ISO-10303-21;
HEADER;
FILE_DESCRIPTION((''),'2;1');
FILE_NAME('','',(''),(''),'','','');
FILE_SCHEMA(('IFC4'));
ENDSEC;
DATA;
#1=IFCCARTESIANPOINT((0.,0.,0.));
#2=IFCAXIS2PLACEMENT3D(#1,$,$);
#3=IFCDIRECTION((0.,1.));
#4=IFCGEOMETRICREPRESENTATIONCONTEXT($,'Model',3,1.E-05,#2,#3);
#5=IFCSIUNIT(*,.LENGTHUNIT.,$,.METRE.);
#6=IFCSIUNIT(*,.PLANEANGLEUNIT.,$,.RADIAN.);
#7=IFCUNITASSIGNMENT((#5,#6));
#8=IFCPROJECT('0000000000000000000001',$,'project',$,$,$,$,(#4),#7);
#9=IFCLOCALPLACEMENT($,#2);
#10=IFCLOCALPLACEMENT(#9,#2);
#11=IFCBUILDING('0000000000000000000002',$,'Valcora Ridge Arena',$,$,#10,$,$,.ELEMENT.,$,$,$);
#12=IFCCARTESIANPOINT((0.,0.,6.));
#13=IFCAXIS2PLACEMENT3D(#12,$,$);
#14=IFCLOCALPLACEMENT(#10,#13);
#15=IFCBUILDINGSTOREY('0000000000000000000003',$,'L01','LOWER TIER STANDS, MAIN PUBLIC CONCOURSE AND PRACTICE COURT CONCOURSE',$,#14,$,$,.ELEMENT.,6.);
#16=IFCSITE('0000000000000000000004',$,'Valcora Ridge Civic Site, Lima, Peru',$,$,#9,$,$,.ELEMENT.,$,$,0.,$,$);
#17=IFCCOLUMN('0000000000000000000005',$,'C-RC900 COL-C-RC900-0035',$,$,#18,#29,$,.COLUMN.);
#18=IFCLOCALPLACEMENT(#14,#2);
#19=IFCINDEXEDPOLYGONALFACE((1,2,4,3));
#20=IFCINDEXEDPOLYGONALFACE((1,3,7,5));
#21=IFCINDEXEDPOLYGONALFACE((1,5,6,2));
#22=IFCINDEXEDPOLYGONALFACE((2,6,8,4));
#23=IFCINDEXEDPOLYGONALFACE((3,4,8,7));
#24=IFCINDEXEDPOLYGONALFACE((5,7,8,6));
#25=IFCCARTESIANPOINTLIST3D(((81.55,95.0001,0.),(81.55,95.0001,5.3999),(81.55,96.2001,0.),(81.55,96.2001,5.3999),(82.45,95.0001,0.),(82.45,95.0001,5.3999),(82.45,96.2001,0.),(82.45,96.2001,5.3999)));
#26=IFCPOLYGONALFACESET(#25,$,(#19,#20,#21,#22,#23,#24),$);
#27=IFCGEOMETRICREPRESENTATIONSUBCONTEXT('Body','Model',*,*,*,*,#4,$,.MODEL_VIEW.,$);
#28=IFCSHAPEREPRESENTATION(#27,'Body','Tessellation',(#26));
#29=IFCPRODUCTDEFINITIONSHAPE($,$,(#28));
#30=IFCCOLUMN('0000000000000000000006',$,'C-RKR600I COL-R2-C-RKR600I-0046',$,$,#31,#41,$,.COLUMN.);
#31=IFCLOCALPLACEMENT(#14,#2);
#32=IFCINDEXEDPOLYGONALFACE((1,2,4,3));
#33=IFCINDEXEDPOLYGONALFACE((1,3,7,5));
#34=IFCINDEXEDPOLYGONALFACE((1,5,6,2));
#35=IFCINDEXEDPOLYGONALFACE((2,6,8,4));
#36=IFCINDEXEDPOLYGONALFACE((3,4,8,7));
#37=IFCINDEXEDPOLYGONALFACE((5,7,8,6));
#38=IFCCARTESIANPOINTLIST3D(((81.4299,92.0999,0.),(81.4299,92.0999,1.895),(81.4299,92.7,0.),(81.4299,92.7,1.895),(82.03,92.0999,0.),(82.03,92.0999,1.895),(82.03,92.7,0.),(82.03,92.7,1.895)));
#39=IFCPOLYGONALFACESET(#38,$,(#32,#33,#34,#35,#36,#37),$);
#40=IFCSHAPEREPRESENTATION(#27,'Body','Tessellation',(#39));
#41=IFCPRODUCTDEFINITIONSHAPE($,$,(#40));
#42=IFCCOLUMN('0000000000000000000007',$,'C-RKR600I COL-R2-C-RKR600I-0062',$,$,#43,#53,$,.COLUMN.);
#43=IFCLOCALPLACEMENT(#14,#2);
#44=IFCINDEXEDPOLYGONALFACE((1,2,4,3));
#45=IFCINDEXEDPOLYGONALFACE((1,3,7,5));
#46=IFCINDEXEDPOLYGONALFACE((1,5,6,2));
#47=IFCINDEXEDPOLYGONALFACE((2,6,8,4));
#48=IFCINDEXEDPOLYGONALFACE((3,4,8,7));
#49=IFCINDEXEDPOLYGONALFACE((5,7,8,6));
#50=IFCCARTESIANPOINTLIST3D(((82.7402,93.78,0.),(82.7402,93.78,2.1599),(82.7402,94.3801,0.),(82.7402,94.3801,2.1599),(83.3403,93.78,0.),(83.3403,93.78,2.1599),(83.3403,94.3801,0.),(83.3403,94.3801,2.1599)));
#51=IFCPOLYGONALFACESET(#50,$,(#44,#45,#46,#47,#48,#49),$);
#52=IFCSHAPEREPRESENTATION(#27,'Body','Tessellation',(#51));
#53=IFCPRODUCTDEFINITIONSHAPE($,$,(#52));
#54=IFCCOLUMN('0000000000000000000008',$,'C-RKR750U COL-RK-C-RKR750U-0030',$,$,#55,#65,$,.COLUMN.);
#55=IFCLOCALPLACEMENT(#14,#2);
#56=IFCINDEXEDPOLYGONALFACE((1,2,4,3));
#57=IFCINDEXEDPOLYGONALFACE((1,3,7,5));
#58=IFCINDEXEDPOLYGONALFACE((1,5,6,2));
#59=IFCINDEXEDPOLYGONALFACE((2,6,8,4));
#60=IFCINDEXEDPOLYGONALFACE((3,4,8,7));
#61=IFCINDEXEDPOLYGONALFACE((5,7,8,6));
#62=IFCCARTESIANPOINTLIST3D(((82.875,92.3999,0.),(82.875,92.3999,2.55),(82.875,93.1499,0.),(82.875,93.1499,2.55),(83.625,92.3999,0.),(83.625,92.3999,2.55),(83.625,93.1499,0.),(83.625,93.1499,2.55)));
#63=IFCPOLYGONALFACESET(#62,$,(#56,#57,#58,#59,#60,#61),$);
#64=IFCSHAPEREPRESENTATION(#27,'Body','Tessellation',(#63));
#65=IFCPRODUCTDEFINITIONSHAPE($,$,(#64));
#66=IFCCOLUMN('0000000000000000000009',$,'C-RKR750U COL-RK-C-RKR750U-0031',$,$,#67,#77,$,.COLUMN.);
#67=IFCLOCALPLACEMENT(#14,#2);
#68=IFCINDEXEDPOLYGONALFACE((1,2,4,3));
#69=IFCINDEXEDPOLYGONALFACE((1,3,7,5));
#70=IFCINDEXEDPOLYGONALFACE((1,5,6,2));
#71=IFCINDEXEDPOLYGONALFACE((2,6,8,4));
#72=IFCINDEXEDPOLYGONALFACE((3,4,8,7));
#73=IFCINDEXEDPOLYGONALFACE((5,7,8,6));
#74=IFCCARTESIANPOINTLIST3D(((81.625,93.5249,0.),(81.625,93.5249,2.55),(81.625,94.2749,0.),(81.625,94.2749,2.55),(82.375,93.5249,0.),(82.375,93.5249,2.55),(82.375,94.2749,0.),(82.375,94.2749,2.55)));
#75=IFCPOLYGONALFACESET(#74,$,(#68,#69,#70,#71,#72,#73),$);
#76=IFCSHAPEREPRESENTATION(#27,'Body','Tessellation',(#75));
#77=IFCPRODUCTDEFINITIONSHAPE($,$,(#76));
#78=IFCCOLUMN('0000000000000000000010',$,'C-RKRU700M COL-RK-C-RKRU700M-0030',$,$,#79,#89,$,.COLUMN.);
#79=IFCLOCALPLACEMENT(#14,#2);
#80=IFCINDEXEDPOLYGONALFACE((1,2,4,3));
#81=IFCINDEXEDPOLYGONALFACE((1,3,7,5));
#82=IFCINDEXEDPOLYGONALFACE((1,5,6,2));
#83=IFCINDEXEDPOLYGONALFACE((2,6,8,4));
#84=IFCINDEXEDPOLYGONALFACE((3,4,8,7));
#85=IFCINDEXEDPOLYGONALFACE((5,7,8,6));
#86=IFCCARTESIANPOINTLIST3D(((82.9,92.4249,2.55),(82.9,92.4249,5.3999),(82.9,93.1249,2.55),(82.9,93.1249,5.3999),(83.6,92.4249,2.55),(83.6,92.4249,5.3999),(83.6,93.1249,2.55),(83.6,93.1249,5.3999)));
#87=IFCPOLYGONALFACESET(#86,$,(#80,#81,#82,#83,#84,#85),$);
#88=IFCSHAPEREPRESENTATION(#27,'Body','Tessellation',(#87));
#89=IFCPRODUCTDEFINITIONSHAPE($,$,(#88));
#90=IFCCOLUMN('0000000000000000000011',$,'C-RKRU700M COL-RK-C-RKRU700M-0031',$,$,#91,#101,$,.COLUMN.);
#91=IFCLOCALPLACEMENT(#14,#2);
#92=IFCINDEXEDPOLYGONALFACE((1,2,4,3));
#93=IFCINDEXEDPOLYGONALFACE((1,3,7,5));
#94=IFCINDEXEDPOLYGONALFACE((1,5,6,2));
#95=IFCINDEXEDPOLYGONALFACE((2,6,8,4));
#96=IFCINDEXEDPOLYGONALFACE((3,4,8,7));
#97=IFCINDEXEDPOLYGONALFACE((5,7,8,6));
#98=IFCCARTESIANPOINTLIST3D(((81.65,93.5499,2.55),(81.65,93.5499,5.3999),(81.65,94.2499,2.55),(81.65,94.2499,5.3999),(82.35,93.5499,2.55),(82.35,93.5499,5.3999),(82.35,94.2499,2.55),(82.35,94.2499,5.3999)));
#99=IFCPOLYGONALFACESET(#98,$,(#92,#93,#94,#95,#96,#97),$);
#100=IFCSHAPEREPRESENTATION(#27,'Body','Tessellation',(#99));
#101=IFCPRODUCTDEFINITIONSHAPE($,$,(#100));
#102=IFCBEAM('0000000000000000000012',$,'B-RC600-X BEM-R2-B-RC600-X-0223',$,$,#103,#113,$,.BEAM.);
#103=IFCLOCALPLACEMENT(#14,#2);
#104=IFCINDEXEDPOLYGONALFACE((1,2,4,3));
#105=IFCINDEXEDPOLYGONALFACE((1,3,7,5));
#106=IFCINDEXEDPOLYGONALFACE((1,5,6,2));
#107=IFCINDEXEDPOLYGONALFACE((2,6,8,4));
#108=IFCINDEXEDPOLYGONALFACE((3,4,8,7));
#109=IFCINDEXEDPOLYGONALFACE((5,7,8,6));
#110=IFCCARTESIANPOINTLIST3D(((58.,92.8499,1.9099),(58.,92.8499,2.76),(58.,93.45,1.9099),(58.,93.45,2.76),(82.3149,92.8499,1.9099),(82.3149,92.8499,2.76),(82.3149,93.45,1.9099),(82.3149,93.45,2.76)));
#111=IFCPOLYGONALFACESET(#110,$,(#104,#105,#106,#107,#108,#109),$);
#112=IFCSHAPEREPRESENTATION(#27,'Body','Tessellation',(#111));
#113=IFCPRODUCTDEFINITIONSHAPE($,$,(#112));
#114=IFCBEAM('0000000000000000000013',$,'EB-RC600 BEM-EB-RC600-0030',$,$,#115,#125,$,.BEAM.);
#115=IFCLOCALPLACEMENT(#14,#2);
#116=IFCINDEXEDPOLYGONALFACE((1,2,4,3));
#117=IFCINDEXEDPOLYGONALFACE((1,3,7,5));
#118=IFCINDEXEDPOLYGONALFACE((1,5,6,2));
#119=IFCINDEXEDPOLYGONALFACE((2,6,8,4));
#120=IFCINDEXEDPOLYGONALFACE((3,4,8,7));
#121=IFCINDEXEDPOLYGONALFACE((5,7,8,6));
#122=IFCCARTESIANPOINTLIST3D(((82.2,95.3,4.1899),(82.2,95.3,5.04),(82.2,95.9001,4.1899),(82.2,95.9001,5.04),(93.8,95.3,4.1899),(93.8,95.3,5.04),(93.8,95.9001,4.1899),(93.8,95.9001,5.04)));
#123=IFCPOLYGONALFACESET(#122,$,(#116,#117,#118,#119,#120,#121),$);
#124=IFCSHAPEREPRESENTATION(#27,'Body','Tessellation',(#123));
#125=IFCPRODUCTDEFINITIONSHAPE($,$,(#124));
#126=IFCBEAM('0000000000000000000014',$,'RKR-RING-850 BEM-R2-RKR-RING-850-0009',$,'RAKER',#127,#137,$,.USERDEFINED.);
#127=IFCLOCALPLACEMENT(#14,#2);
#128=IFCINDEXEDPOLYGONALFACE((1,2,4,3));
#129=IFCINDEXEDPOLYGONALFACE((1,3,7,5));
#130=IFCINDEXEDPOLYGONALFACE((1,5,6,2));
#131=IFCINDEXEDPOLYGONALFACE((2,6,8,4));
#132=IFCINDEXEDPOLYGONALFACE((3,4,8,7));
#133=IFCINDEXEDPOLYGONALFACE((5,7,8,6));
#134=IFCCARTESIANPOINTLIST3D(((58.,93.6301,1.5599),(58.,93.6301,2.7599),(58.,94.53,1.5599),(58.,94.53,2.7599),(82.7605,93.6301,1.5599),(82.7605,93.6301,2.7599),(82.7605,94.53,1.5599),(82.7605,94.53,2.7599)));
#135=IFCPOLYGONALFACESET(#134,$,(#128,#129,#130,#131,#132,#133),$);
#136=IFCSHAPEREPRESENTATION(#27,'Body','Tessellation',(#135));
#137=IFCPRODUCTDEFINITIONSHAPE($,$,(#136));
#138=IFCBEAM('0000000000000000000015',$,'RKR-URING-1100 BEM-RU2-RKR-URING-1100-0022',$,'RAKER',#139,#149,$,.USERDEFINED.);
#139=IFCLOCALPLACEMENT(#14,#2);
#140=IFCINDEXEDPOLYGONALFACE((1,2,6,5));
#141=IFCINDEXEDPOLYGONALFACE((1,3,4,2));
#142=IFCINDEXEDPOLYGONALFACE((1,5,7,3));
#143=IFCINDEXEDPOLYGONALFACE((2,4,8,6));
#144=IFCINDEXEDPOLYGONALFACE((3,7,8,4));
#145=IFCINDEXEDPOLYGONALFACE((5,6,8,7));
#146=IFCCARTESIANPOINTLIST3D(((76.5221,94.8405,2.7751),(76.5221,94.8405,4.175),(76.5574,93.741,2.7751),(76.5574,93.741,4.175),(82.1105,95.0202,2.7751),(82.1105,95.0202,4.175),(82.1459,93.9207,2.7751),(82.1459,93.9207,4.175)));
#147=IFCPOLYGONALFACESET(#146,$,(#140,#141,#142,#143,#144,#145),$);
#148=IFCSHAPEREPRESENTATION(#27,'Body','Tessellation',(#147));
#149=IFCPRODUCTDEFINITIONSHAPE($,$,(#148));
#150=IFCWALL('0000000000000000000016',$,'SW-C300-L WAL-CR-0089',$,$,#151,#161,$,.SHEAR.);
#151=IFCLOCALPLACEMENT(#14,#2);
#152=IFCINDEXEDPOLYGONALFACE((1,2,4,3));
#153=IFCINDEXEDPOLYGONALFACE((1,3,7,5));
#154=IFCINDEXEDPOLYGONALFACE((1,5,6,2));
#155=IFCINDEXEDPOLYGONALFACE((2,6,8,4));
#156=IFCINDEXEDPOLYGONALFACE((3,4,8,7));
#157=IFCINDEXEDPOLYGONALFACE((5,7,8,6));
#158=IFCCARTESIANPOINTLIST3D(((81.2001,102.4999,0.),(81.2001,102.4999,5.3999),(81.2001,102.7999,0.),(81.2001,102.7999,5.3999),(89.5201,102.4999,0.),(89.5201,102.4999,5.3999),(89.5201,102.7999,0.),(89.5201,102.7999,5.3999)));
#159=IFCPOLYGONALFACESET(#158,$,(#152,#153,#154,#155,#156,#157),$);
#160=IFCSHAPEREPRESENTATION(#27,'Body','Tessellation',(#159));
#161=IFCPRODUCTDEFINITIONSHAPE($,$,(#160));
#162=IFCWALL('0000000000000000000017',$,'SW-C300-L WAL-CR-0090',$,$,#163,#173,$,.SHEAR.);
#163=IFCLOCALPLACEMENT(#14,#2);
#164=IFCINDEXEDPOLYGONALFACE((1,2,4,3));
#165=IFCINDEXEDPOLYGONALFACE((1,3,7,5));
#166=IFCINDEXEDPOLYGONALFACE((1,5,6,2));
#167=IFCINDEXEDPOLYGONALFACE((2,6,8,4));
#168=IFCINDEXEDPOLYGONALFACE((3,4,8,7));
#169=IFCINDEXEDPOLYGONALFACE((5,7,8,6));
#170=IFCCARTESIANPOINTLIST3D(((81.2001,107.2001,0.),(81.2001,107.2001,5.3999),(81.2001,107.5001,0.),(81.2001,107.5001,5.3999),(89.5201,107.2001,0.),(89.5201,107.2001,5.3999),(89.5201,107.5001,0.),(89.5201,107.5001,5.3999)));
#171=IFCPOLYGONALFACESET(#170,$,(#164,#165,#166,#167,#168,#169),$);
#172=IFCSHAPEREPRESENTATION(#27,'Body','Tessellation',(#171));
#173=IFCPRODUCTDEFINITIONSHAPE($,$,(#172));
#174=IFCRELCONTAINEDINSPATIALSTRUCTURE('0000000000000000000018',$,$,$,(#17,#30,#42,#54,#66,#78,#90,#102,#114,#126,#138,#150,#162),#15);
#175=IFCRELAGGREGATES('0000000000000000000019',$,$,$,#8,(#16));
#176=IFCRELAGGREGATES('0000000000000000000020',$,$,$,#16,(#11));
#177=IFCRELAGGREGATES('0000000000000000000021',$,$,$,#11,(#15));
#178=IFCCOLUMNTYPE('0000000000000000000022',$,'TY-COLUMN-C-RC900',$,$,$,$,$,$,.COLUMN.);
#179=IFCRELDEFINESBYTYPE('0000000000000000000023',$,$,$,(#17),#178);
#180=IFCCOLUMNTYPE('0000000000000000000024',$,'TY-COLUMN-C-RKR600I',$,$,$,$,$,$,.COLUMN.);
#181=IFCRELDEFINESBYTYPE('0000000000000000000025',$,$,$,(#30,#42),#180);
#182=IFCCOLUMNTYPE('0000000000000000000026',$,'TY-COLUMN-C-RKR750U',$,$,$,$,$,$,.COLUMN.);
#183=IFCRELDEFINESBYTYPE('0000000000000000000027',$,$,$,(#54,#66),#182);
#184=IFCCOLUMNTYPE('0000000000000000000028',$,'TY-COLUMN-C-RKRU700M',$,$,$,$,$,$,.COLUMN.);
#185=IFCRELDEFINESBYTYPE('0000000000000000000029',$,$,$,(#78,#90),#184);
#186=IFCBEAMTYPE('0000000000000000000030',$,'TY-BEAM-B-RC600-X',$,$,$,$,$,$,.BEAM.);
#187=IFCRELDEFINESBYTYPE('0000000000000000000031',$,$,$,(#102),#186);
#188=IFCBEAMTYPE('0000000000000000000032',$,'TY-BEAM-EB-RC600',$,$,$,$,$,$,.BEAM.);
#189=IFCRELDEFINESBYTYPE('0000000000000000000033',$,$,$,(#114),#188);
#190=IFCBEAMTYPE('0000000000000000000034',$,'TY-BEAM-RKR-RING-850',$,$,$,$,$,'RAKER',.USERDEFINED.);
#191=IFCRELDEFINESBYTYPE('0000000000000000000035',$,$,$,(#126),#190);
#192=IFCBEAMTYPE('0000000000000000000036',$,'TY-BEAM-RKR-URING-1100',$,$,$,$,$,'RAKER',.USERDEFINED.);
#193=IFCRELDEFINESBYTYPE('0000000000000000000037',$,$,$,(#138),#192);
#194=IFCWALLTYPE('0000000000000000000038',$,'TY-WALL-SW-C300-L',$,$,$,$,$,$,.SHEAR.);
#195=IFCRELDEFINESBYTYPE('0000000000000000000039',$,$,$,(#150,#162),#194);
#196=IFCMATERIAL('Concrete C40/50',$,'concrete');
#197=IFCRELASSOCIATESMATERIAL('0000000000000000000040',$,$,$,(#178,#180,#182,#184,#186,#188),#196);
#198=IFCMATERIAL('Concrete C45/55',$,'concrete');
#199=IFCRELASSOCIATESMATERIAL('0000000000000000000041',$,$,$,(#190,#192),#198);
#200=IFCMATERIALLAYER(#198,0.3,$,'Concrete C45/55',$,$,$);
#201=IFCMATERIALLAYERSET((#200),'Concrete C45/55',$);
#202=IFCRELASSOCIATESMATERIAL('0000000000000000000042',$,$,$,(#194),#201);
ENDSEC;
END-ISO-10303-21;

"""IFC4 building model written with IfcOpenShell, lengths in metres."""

from ifc_helpers import new_model, si_unit, direction, frame, frame_2d, origin, origin_2d, place, context, subcontext, project, spatial, rectangle, extrude, material, layer, layer_set, material_profile, profile_set, type_object, element, save


model = new_model("IFC4")

# Units and contexts
model_context = context("Model", 3, precision=1e-05, world=origin(), true_north=direction((0.0, 1.0)))
body_context = subcontext(model_context, "Body", "Model", "MODEL_VIEW")
ifc_project = project(units=[si_unit("LENGTHUNIT", "METRE"), si_unit("PLANEANGLEUNIT", "RADIAN")], contexts=[model_context])

# Site, building, storey
site_placement = place(None, origin())
site = spatial("IfcSite", under=ifc_project, at=site_placement, Name="Valcora Ridge Civic Site, Lima, Peru", CompositionType="ELEMENT", RefElevation=0.0)
building_placement = place(site_placement, origin())
building = spatial("IfcBuilding", under=site, at=building_placement, Name="Valcora Ridge Arena", CompositionType="ELEMENT")
storey_placement = place(building_placement, frame((0.0, 0.0, 6.0)))
storey = spatial("IfcBuildingStorey", under=building, at=storey_placement, Name="L01", Description="LOWER TIER STANDS, MAIN PUBLIC CONCOURSE AND PRACTICE COURT CONCOURSE", CompositionType="ELEMENT", Elevation=6.0)

# Columns
ifc_material_1 = material(Name="Concrete C40/50", Category="concrete")
ifc_material_profile_1 = material_profile(ifc_material_1, rectangle(XDim=0.8999, YDim=1.2, at=origin_2d()), Name="RC 900x1200")
ifc_profile_set_1 = profile_set([ifc_material_profile_1], Name="Concrete C40/50")
column_type_1 = type_object("IfcColumnType", Name="TY-COLUMN-C-RC900", PredefinedType="COLUMN", material=ifc_profile_set_1)
column_1_placement = place(storey_placement, frame((82.0, 95.6001, 0.0), z_axis=(0.0, 0.0, 1.0), x_axis=(1.0, 0.0, 0.0)))
element("IfcColumn", 1, at=column_1_placement, inside=storey, type_object=column_type_1, Name="C-RC900 COL-C-RC900-0035", PredefinedType="COLUMN", context=body_context, shape_type="SweptSolid", body=[
    extrude(rectangle(XDim=0.8999, YDim=1.2, at=origin_2d()), origin(), (0.0, 0.0, 1.0), 5.3999),
])
ifc_material_profile_2 = material_profile(ifc_material_1, rectangle(XDim=0.6001, YDim=0.6001, at=origin_2d()), Name="RC 600x600")
ifc_profile_set_2 = profile_set([ifc_material_profile_2], Name="Concrete C40/50")
column_type_2 = type_object("IfcColumnType", Name="TY-COLUMN-C-RKR600I", PredefinedType="COLUMN", material=ifc_profile_set_2)
column_2_placement = place(storey_placement, frame((81.73, 92.3999, 0.0), z_axis=(0.0, 0.0, 1.0), x_axis=(1.0, 0.0, 0.0)))
element("IfcColumn", 2, at=column_2_placement, inside=storey, type_object=column_type_2, Name="C-RKR600I COL-R2-C-RKR600I-0046", PredefinedType="COLUMN", context=body_context, shape_type="SweptSolid", body=[
    extrude(rectangle(XDim=0.6001, YDim=0.6001, at=origin_2d()), origin(), (0.0, 0.0, 1.0), 1.895),
])
column_3_placement = place(storey_placement, frame((83.0403, 94.0801, 0.0), z_axis=(0.0, 0.0, 1.0), x_axis=(1.0, 0.0, 0.0)))
element("IfcColumn", 3, at=column_3_placement, inside=storey, type_object=column_type_2, Name="C-RKR600I COL-R2-C-RKR600I-0062", PredefinedType="COLUMN", context=body_context, shape_type="SweptSolid", body=[
    extrude(rectangle(XDim=0.6001, YDim=0.6001, at=origin_2d()), origin(), (0.0, 0.0, 1.0), 2.1599),
])
ifc_material_profile_3 = material_profile(ifc_material_1, rectangle(XDim=0.75, YDim=0.75, at=origin_2d()), Name="RC 750x750")
ifc_profile_set_3 = profile_set([ifc_material_profile_3], Name="Concrete C40/50")
column_type_3 = type_object("IfcColumnType", Name="TY-COLUMN-C-RKR750U", PredefinedType="COLUMN", material=ifc_profile_set_3)
for number, where, z_axis, x_axis, name in (
    (4, (83.25, 92.7749, 0.0), (0.0, 0.0, 1.0), (1.0, 0.0, 0.0), "C-RKR750U COL-RK-C-RKR750U-0030"),
    (5, (82.0, 93.8999, 0.0), (0.0, 0.0, 1.0), (1.0, 0.0, 0.0), "C-RKR750U COL-RK-C-RKR750U-0031"),
):
    element("IfcColumn", number, at=place(storey_placement, frame(where, z_axis=z_axis, x_axis=x_axis)), inside=storey, type_object=column_type_3, Name=name, PredefinedType="COLUMN", context=body_context, shape_type="SweptSolid", body=[
        extrude(rectangle(XDim=0.75, YDim=0.75, at=origin_2d()), origin(), (0.0, 0.0, 1.0), 2.55),
    ])
ifc_material_profile_4 = material_profile(ifc_material_1, rectangle(XDim=0.7, YDim=0.7, at=origin_2d()), Name="RC 700x700")
ifc_profile_set_4 = profile_set([ifc_material_profile_4], Name="Concrete C40/50")
column_type_4 = type_object("IfcColumnType", Name="TY-COLUMN-C-RKRU700M", PredefinedType="COLUMN", material=ifc_profile_set_4)
for number, where, z_axis, x_axis, name in (
    (6, (83.25, 92.7749, 2.55), (0.0, 0.0, 1.0), (1.0, 0.0, 0.0), "C-RKRU700M COL-RK-C-RKRU700M-0030"),
    (7, (82.0, 93.8999, 2.55), (0.0, 0.0, 1.0), (1.0, 0.0, 0.0), "C-RKRU700M COL-RK-C-RKRU700M-0031"),
):
    element("IfcColumn", number, at=place(storey_placement, frame(where, z_axis=z_axis, x_axis=x_axis)), inside=storey, type_object=column_type_4, Name=name, PredefinedType="COLUMN", context=body_context, shape_type="SweptSolid", body=[
        extrude(rectangle(XDim=0.7, YDim=0.7, at=origin_2d()), origin(), (0.0, 0.0, 1.0), 2.8499),
    ])

# Beams
ifc_material_profile_5 = material_profile(ifc_material_1, rectangle(XDim=0.6001, YDim=0.8501, at=origin_2d()), Name="RC 600x850")
ifc_profile_set_5 = profile_set([ifc_material_profile_5], Name="Concrete C40/50")
beam_type_1 = type_object("IfcBeamType", Name="TY-BEAM-B-RC600-X", PredefinedType="BEAM", material=ifc_profile_set_5)
beam_1_placement = place(storey_placement, frame((82.3149, 93.1499, 2.335), z_axis=(-1.0, 0.0, 0.0), x_axis=(0.0, -1.0, 0.0)))
element("IfcBeam", 8, at=beam_1_placement, inside=storey, type_object=beam_type_1, Name="B-RC600-X BEM-R2-B-RC600-X-0223", PredefinedType="BEAM", context=body_context, shape_type="SweptSolid", body=[
    extrude(rectangle(XDim=0.6001, YDim=0.8501, at=origin_2d()), origin(), (0.0, 0.0, 1.0), 24.3149),
])
ifc_material_profile_6 = material_profile(ifc_material_1, rectangle(XDim=0.6001, YDim=0.8501, at=origin_2d()), Name="RC 600x850")
ifc_profile_set_6 = profile_set([ifc_material_profile_6], Name="Concrete C40/50")
beam_type_2 = type_object("IfcBeamType", Name="TY-BEAM-EB-RC600", PredefinedType="BEAM", material=ifc_profile_set_6)
beam_2_placement = place(storey_placement, frame((82.2, 95.6001, 4.615), z_axis=(1.0, 0.0, 0.0), x_axis=(0.0, 1.0, 0.0)))
element("IfcBeam", 9, at=beam_2_placement, inside=storey, type_object=beam_type_2, Name="EB-RC600 BEM-EB-RC600-0030", PredefinedType="BEAM", context=body_context, shape_type="SweptSolid", body=[
    extrude(rectangle(XDim=0.6001, YDim=0.8501, at=origin_2d()), origin(), (0.0, 0.0, 1.0), 11.6001),
])
ifc_material_2 = material(Name="Concrete C45/55", Category="concrete")
ifc_material_profile_7 = material_profile(ifc_material_2, rectangle(XDim=0.8999, YDim=1.2, at=origin_2d()), Name="RC 900x1200")
ifc_profile_set_7 = profile_set([ifc_material_profile_7], Name="Concrete C45/55")
beam_type_3 = type_object("IfcBeamType", Name="TY-BEAM-RKR-RING-850", ElementType="RAKER", PredefinedType="USERDEFINED", material=ifc_profile_set_7)
beam_3_placement = place(storey_placement, frame((82.7605, 94.0801, 2.1599), z_axis=(-1.0, 0.0, 0.0), x_axis=(0.0, -1.0, 0.0)))
element("IfcBeam", 10, at=beam_3_placement, inside=storey, type_object=beam_type_3, Name="RKR-RING-850 BEM-R2-RKR-RING-850-0009", ObjectType="RAKER", PredefinedType="USERDEFINED", context=body_context, shape_type="SweptSolid", body=[
    extrude(rectangle(XDim=0.8999, YDim=1.2, at=origin_2d()), origin(), (0.0, 0.0, 1.0), 24.7605),
])
ifc_material_profile_8 = material_profile(ifc_material_2, rectangle(XDim=1.1001, YDim=1.3999, at=origin_2d()), Name="RC 1100x1400")
ifc_profile_set_8 = profile_set([ifc_material_profile_8], Name="Concrete C45/55")
beam_type_4 = type_object("IfcBeamType", Name="TY-BEAM-RKR-URING-1100", ElementType="RAKER", PredefinedType="USERDEFINED", material=ifc_profile_set_8)
beam_4_placement = place(storey_placement, frame((82.1282, 94.4705, 3.4751), z_axis=(-0.999483, -0.032137, 0.0), x_axis=(0.032137, -0.999483, 0.0)))
element("IfcBeam", 11, at=beam_4_placement, inside=storey, type_object=beam_type_4, Name="RKR-URING-1100 BEM-RU2-RKR-URING-1100-0022", ObjectType="RAKER", PredefinedType="USERDEFINED", context=body_context, shape_type="SweptSolid", body=[
    extrude(rectangle(XDim=1.1001, YDim=1.3999, at=origin_2d()), origin(), (0.0, 0.0, 1.0), 5.5913),
])

# Walls
ifc_layer_1 = layer(ifc_material_2, 0.3, Name="Concrete C45/55")
ifc_layer_set_1 = layer_set([ifc_layer_1], Name="Concrete C45/55")
wall_type_1 = type_object("IfcWallType", Name="TY-WALL-SW-C300-L", PredefinedType="SHEAR", material=ifc_layer_set_1)
for number, where, z_axis, x_axis, name in (
    (12, (81.2, 102.6499, 0.0), (0.0, 0.0, 1.0), (1.0, 0.0, 0.0), "SW-C300-L WAL-CR-0089"),
    (13, (81.2, 107.3501, 0.0), (0.0, 0.0, 1.0), (1.0, 0.0, 0.0), "SW-C300-L WAL-CR-0090"),
):
    element("IfcWall", number, at=place(storey_placement, frame(where, z_axis=z_axis, x_axis=x_axis)), inside=storey, type_object=wall_type_1, Name=name, PredefinedType="SHEAR", context=body_context, shape_type="SweptSolid", body=[
        extrude(rectangle(XDim=8.3201, YDim=0.3, at=frame_2d((4.1602, 0.0))), origin(), (0.0, 0.0, 1.0), 5.3999),
    ])

save(model, "model.ifc")
